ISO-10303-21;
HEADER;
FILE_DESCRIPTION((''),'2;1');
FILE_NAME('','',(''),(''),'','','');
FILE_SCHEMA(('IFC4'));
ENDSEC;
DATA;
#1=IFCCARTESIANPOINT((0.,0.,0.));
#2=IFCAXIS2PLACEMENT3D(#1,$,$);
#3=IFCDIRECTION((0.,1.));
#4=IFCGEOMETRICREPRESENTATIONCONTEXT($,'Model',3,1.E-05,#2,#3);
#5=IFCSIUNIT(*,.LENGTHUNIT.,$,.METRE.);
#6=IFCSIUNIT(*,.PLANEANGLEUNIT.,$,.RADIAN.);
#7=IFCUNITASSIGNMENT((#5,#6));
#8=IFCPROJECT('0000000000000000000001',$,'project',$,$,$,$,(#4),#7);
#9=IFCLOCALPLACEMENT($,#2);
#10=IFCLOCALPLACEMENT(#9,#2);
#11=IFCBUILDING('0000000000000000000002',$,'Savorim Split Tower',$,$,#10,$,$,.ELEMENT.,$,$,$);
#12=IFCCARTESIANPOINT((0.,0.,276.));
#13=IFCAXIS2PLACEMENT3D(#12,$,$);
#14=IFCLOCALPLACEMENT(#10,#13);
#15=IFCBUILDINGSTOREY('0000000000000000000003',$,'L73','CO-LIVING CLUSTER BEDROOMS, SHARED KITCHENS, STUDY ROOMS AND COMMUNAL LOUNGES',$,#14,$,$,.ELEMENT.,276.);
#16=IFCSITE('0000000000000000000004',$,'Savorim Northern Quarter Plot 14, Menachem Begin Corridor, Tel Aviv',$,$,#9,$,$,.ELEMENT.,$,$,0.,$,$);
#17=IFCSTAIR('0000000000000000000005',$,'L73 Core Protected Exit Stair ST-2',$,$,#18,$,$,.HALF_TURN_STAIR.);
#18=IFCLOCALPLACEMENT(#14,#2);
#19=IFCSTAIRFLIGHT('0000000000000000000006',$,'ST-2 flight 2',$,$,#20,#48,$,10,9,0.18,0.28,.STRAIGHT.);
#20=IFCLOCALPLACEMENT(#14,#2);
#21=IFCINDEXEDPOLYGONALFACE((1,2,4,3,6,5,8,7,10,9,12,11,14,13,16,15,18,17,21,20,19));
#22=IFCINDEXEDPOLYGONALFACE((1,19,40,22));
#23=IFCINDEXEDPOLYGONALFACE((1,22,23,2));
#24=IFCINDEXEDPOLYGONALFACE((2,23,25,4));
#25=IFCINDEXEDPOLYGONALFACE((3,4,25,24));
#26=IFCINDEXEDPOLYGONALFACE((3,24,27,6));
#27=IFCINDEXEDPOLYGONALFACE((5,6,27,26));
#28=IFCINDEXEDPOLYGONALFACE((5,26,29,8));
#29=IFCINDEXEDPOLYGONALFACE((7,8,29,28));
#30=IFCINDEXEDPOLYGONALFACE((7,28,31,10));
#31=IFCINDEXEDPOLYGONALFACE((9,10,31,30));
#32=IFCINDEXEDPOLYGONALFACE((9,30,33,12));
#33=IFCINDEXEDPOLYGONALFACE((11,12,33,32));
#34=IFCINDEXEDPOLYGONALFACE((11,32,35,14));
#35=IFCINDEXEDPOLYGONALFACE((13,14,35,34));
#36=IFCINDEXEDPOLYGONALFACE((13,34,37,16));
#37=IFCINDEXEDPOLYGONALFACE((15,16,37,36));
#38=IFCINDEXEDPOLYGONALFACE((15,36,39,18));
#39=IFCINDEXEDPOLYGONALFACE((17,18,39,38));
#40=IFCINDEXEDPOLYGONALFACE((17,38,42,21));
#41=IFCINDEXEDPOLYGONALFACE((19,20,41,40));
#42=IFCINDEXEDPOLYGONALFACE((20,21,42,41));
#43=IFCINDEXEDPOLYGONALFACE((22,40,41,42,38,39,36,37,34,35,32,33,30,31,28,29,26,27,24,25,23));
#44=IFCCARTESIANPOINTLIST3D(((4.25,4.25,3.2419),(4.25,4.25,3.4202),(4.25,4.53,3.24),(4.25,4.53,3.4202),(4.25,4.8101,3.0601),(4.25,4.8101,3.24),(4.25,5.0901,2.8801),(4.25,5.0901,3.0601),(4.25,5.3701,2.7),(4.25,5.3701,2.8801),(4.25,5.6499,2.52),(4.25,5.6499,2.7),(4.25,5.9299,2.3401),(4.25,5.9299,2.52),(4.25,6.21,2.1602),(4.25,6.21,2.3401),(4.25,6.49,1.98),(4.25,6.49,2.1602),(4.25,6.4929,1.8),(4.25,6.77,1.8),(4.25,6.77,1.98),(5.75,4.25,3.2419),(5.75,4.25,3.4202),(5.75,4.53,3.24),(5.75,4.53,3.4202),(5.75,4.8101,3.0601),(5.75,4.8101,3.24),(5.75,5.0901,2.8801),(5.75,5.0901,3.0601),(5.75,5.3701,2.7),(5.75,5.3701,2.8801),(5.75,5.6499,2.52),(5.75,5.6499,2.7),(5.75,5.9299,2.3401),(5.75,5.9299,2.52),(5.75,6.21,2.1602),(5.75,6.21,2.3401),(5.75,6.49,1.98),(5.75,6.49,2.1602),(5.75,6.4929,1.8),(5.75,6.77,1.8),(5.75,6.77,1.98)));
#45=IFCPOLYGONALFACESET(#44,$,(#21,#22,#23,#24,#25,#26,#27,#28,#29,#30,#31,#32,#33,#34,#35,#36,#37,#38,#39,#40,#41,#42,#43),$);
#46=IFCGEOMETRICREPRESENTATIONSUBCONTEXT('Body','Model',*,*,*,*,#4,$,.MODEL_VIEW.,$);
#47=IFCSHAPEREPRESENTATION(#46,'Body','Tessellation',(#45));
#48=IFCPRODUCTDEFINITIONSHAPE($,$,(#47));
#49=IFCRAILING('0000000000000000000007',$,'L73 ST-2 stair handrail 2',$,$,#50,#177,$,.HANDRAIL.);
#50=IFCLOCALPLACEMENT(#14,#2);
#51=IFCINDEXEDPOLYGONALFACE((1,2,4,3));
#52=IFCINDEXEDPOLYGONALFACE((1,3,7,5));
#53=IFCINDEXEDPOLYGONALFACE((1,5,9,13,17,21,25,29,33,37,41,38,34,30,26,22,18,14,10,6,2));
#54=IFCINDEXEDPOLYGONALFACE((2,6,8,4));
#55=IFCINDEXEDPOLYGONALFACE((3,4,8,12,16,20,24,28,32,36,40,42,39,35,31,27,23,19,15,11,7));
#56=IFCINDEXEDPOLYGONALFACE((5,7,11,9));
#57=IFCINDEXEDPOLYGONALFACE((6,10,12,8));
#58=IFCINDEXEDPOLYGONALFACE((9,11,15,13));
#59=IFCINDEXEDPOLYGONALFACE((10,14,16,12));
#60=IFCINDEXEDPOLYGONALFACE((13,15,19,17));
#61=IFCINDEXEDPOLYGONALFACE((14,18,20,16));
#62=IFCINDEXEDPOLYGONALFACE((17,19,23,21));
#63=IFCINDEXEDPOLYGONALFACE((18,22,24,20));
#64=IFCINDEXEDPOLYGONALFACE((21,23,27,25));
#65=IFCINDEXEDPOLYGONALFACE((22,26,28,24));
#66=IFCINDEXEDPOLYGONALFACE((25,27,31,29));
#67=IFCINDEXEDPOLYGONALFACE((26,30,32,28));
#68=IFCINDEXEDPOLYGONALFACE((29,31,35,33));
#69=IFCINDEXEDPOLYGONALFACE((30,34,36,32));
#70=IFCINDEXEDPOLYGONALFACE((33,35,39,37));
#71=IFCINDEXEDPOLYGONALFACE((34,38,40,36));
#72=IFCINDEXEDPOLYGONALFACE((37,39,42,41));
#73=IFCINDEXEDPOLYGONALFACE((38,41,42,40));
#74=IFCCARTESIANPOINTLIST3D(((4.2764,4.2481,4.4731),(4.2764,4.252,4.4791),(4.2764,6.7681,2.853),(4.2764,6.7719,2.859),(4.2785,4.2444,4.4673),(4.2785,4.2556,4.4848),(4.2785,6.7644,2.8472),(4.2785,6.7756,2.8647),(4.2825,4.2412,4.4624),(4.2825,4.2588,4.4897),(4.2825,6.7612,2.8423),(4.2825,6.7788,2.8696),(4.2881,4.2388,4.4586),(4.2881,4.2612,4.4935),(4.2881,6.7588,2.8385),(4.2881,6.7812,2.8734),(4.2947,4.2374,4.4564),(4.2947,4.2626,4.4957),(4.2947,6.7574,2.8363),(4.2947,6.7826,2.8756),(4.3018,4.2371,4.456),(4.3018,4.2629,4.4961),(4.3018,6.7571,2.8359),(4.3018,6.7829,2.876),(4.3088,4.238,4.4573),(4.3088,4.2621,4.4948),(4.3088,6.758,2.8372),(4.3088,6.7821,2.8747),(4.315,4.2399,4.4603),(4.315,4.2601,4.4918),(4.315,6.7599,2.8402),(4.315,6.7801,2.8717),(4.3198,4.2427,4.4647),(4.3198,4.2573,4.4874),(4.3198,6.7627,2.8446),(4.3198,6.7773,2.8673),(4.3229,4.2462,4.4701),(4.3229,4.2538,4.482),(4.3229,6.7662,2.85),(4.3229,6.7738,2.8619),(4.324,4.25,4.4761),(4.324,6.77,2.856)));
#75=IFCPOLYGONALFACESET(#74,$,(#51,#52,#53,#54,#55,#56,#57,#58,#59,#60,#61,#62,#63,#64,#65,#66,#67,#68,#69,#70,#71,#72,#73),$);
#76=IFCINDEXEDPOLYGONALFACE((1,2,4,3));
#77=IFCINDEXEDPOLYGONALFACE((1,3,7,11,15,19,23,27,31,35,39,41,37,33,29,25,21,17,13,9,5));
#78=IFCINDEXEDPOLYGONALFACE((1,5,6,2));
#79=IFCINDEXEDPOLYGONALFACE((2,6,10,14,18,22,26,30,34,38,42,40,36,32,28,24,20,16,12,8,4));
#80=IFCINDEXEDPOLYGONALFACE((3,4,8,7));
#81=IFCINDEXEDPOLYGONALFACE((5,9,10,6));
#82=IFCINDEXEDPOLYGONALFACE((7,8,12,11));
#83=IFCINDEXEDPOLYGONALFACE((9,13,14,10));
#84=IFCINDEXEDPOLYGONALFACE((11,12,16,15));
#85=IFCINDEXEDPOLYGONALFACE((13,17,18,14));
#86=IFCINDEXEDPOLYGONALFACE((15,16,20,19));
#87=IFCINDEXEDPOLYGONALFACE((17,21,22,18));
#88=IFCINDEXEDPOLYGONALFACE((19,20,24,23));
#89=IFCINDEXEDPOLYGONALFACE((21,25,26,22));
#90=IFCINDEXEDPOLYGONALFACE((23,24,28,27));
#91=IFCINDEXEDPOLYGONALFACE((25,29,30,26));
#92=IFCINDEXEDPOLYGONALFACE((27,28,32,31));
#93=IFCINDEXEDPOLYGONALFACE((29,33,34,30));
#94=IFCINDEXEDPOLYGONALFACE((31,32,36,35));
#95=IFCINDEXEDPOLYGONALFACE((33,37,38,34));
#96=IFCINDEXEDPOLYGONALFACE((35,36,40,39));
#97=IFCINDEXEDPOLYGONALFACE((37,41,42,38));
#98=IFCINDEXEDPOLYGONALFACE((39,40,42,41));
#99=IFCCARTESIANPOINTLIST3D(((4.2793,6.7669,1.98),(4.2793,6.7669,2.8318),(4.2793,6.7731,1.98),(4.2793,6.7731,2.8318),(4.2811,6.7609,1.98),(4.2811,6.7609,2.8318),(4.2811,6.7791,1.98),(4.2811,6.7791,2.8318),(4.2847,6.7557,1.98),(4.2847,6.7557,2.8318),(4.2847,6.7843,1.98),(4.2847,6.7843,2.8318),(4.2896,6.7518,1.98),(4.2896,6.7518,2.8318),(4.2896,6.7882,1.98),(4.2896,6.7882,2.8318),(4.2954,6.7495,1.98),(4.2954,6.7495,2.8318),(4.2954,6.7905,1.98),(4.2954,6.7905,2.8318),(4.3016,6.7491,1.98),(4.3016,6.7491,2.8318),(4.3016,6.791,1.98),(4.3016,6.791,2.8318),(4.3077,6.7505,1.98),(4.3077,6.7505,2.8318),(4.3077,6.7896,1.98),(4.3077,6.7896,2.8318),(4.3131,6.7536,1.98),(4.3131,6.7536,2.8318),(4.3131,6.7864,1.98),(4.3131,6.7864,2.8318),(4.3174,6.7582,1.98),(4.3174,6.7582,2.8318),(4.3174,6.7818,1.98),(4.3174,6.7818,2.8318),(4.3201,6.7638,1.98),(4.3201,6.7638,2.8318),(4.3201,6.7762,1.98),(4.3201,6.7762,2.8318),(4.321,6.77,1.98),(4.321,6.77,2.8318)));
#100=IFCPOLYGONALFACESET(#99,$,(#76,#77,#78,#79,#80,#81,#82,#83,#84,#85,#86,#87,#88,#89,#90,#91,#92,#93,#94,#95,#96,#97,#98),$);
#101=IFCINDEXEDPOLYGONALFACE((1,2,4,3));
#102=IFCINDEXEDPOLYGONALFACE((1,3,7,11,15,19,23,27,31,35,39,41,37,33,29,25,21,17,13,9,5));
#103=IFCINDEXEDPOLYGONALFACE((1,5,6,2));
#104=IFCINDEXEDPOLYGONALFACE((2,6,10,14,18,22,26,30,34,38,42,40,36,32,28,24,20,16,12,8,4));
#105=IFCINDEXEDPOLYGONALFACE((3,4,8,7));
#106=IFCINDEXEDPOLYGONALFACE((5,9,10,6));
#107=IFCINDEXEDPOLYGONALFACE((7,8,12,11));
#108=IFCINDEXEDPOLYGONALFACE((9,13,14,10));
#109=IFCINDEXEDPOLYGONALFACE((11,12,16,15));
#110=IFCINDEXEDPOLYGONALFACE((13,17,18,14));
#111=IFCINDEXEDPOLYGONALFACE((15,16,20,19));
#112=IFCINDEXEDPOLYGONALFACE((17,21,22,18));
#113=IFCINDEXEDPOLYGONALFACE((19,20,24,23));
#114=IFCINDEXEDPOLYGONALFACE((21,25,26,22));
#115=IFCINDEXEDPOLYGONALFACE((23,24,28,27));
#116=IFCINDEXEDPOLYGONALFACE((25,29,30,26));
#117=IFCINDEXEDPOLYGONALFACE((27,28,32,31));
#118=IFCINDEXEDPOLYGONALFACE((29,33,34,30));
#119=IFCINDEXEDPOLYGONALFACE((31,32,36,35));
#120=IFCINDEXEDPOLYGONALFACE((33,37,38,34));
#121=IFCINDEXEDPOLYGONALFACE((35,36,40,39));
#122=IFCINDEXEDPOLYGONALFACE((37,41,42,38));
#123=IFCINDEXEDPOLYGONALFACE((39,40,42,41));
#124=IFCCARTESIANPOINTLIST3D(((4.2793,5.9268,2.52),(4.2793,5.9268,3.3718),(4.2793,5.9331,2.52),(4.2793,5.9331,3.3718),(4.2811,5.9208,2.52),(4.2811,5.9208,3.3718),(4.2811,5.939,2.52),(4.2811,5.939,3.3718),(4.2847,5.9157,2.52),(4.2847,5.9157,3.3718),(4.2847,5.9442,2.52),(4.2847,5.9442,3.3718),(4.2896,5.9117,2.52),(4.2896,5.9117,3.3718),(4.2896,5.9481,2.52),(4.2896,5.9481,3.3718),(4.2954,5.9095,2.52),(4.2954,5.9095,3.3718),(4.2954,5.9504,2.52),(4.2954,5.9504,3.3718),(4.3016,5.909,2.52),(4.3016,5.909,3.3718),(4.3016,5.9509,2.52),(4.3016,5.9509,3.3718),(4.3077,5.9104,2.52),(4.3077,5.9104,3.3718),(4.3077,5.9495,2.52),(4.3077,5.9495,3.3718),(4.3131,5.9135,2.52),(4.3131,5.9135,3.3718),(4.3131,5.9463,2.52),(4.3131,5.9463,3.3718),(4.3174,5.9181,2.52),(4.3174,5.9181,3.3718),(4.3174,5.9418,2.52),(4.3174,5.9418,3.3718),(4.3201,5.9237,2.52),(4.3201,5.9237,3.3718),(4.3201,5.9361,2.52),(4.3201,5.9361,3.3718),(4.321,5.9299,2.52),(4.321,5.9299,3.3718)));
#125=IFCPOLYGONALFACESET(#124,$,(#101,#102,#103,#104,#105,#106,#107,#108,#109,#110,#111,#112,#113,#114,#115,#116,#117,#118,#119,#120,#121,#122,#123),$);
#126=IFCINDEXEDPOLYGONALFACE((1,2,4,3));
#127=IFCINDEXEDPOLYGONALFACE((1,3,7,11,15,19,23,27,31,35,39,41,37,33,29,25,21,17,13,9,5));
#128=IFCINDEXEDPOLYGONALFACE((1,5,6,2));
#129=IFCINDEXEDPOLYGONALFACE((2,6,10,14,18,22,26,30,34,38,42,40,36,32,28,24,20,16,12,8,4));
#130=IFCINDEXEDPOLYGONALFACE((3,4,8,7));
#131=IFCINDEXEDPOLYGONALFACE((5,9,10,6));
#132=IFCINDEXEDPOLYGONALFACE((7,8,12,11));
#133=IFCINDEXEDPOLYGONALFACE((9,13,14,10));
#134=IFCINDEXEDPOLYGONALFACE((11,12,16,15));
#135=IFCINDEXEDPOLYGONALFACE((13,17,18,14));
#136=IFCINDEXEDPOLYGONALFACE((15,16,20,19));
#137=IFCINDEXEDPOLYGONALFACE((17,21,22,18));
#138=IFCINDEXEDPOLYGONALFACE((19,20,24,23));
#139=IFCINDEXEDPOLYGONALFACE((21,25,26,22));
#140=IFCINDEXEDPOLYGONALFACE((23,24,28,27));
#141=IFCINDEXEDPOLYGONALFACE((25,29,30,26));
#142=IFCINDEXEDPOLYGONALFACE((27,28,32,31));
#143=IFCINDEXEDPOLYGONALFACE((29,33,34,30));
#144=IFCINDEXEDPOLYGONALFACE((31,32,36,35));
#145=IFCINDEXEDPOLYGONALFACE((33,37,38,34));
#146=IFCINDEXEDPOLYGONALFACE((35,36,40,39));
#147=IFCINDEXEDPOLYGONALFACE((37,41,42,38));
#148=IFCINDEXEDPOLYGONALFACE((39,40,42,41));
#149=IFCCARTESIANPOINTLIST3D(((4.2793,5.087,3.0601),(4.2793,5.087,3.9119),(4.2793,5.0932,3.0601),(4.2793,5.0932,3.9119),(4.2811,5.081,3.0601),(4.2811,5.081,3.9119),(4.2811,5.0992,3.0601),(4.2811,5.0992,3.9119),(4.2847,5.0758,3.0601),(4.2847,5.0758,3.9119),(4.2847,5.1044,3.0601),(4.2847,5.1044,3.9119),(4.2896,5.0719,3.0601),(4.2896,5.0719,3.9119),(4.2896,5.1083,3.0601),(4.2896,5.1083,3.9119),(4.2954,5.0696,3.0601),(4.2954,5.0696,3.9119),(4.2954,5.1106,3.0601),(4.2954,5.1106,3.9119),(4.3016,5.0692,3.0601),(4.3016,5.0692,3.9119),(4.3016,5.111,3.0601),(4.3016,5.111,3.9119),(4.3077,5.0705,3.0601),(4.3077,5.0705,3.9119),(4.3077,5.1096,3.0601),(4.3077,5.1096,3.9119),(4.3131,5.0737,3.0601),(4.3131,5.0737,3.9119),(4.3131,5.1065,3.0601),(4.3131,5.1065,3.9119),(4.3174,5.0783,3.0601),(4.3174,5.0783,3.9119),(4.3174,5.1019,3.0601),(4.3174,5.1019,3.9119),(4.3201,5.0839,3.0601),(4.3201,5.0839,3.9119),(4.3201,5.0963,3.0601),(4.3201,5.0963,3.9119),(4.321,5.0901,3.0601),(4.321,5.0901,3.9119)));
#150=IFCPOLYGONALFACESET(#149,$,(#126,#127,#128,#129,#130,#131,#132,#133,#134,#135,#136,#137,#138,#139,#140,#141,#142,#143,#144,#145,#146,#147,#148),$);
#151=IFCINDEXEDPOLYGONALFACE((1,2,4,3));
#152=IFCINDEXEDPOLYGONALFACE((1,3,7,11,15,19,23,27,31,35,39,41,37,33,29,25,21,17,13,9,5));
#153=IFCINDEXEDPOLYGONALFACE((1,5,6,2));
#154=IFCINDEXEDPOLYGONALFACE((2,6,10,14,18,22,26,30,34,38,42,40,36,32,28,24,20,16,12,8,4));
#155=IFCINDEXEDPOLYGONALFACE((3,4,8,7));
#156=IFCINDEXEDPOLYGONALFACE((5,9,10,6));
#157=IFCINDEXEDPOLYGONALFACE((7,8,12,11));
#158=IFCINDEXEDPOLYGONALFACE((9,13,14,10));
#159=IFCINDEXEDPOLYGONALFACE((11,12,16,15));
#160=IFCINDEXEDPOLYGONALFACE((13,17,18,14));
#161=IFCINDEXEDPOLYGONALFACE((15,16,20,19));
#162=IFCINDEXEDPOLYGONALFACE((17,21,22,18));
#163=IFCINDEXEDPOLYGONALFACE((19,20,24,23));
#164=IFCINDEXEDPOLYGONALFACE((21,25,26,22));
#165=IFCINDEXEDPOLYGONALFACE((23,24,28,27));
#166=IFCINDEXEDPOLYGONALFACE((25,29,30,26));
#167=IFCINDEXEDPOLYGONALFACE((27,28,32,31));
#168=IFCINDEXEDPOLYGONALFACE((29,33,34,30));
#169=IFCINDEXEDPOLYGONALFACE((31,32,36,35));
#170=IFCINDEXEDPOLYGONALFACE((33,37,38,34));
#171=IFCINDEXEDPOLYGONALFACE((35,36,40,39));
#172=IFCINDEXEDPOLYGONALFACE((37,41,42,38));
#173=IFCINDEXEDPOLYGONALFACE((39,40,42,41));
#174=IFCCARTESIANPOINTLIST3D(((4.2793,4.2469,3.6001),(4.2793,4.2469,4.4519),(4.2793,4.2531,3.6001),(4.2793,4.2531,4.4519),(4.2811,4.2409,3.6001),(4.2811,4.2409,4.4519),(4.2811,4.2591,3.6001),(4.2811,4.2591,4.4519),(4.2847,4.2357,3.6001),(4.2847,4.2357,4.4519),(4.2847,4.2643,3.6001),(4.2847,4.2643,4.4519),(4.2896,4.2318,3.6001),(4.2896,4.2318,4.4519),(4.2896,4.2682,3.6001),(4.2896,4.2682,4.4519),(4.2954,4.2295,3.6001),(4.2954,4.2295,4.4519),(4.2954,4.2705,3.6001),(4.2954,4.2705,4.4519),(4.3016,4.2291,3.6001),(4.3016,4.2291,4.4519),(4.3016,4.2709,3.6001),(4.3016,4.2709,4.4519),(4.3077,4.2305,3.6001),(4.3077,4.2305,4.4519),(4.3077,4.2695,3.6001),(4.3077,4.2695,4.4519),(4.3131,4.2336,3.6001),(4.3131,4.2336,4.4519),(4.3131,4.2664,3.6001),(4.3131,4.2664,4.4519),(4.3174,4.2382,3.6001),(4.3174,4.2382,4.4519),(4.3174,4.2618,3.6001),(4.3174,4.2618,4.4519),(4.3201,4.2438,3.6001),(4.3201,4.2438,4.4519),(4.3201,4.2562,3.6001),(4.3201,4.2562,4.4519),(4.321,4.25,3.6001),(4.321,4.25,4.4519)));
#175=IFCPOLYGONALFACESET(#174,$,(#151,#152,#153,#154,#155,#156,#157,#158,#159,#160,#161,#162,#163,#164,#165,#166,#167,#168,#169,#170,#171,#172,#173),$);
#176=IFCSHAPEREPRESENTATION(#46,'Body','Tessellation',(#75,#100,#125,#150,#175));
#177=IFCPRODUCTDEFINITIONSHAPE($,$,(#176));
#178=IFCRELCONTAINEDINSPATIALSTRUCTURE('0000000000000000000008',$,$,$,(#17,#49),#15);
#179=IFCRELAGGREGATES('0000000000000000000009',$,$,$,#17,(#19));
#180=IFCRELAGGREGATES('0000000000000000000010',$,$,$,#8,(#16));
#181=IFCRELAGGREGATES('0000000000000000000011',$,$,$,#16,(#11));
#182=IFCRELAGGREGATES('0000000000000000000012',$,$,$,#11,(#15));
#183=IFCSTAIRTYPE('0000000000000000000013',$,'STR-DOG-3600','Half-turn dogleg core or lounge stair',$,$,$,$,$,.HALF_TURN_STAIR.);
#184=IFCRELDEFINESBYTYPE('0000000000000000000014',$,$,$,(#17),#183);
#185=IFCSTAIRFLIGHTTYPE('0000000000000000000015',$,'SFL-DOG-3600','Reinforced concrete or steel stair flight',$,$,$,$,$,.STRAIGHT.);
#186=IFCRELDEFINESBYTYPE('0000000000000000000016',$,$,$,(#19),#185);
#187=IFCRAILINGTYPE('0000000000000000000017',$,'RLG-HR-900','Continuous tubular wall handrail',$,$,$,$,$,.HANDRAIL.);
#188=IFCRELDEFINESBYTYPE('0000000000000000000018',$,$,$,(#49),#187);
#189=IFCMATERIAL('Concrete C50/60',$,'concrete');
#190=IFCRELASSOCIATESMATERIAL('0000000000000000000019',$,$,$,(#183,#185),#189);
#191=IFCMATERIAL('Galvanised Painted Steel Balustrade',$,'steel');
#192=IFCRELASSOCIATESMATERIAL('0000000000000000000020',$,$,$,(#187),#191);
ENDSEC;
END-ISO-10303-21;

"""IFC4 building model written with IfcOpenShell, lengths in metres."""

from ifc_helpers import new_model, si_unit, direction, frame, origin, origin_2d, place, context, subcontext, project, spatial, polyline, circle, outline, extrude, material, type_object, element, aggregate, save


model = new_model("IFC4")

# Units and contexts
model_context = context("Model", 3, precision=1e-05, world=origin(), true_north=direction((0.0, 1.0)))
body_context = subcontext(model_context, "Body", "Model", "MODEL_VIEW")
ifc_project = project(units=[si_unit("LENGTHUNIT", "METRE"), si_unit("PLANEANGLEUNIT", "RADIAN")], contexts=[model_context])

# Site, building, storey
site_placement = place(None, origin())
site = spatial("IfcSite", under=ifc_project, at=site_placement, Name="Savorim Northern Quarter Plot 14, Menachem Begin Corridor, Tel Aviv", CompositionType="ELEMENT", RefElevation=0.0)
building_placement = place(site_placement, origin())
building = spatial("IfcBuilding", under=site, at=building_placement, Name="Savorim Split Tower", CompositionType="ELEMENT")
storey_placement = place(building_placement, frame((0.0, 0.0, 276.0)))
storey = spatial("IfcBuildingStorey", under=building, at=storey_placement, Name="L73", Description="CO-LIVING CLUSTER BEDROOMS, SHARED KITCHENS, STUDY ROOMS AND COMMUNAL LOUNGES", CompositionType="ELEMENT", Elevation=276.0)

# Stair, stair flight
ifc_material_1 = material(Name="Concrete C50/60", Category="concrete")
stair_type = type_object("IfcStairType", Name="STR-DOG-3600", Description="Half-turn dogleg core or lounge stair", PredefinedType="HALF_TURN_STAIR", material=ifc_material_1)
stair_placement = place(storey_placement, origin())
stair = element("IfcStair", 1, at=stair_placement, inside=storey, type_object=stair_type, Name="L73 Core Protected Exit Stair ST-2", PredefinedType="HALF_TURN_STAIR")
stair_flight_type = type_object("IfcStairFlightType", Name="SFL-DOG-3600", Description="Reinforced concrete or steel stair flight", PredefinedType="STRAIGHT", material=ifc_material_1)
stair_flight_placement = place(storey_placement, frame((5.0, 6.77, 1.8), z_axis=(0.0, 0.0, 1.0), x_axis=(0.0, -1.0, 0.0)))
stair_flight = element("IfcStairFlight", 2, at=stair_flight_placement, type_object=stair_flight_type, Name="ST-2 flight 2", NumberOfRisers=10, NumberOfTreads=9, PredefinedType="STRAIGHT", RiserHeight=0.18, TreadLength=0.28, context=body_context, shape_type="SweptSolid", body=[
    extrude(outline(polyline([(0.0, 0.0), (0.0, 0.1799), (0.28, 0.1799), (0.28, 0.3601), (0.5601, 0.3601), (0.5601, 0.54), (0.8401, 0.54), (0.8401, 0.72), (1.1201, 0.72), (1.1201, 0.8999), (1.3999, 0.8999), (1.3999, 1.0801), (1.6799, 1.0801), (1.6799, 1.26), (1.96, 1.26), (1.96, 1.4399), (2.24, 1.4399), (2.24, 1.6201), (2.52, 1.6201), (2.52, 1.8), (2.52, 1.4419), (0.2771, 0.0), (0.0, 0.0)])), frame((0.0, 0.75, 0.0), z_axis=(0.0, -1.0, 0.0), x_axis=(1.0, 0.0, 0.0)), (0.0, 0.0, 1.0), 1.5),
])
aggregate(stair, [stair_flight])

# Railing
ifc_material_2 = material(Name="Galvanised Painted Steel Balustrade", Category="steel")
railing_type_1 = type_object("IfcRailingType", Name="RLG-HR-900", Description="Continuous tubular wall handrail", PredefinedType="HANDRAIL", material=ifc_material_2)
railing_1_placement = place(storey_placement, frame((4.3, 6.77, 1.98)))
element("IfcRailing", 3, at=railing_1_placement, inside=storey, type_object=railing_type_1, Name="L73 ST-2 stair handrail 2", PredefinedType="HANDRAIL", context=body_context, shape_type="SweptSolid", body=[
    extrude(circle(Radius=0.0239, at=origin_2d()), frame((0.0, 0.0, 0.876), z_axis=(0.0, -0.841163, 0.540782), x_axis=(1.0, 0.0, 0.0)), (0.0, 0.0, 1.0), 2.9958),
    extrude(circle(Radius=0.021, at=origin_2d()), origin(), (0.0, 0.0, 1.0), 0.8518),
    extrude(circle(Radius=0.021, at=origin_2d()), frame((0.0, -0.8401, 0.54)), (0.0, 0.0, 1.0), 0.8518),
    extrude(circle(Radius=0.021, at=origin_2d()), frame((0.0, -1.6799, 1.0801)), (0.0, 0.0, 1.0), 0.8518),
    extrude(circle(Radius=0.021, at=origin_2d()), frame((0.0, -2.52, 1.6201)), (0.0, 0.0, 1.0), 0.8518),
])

save(model, "model.ifc")
